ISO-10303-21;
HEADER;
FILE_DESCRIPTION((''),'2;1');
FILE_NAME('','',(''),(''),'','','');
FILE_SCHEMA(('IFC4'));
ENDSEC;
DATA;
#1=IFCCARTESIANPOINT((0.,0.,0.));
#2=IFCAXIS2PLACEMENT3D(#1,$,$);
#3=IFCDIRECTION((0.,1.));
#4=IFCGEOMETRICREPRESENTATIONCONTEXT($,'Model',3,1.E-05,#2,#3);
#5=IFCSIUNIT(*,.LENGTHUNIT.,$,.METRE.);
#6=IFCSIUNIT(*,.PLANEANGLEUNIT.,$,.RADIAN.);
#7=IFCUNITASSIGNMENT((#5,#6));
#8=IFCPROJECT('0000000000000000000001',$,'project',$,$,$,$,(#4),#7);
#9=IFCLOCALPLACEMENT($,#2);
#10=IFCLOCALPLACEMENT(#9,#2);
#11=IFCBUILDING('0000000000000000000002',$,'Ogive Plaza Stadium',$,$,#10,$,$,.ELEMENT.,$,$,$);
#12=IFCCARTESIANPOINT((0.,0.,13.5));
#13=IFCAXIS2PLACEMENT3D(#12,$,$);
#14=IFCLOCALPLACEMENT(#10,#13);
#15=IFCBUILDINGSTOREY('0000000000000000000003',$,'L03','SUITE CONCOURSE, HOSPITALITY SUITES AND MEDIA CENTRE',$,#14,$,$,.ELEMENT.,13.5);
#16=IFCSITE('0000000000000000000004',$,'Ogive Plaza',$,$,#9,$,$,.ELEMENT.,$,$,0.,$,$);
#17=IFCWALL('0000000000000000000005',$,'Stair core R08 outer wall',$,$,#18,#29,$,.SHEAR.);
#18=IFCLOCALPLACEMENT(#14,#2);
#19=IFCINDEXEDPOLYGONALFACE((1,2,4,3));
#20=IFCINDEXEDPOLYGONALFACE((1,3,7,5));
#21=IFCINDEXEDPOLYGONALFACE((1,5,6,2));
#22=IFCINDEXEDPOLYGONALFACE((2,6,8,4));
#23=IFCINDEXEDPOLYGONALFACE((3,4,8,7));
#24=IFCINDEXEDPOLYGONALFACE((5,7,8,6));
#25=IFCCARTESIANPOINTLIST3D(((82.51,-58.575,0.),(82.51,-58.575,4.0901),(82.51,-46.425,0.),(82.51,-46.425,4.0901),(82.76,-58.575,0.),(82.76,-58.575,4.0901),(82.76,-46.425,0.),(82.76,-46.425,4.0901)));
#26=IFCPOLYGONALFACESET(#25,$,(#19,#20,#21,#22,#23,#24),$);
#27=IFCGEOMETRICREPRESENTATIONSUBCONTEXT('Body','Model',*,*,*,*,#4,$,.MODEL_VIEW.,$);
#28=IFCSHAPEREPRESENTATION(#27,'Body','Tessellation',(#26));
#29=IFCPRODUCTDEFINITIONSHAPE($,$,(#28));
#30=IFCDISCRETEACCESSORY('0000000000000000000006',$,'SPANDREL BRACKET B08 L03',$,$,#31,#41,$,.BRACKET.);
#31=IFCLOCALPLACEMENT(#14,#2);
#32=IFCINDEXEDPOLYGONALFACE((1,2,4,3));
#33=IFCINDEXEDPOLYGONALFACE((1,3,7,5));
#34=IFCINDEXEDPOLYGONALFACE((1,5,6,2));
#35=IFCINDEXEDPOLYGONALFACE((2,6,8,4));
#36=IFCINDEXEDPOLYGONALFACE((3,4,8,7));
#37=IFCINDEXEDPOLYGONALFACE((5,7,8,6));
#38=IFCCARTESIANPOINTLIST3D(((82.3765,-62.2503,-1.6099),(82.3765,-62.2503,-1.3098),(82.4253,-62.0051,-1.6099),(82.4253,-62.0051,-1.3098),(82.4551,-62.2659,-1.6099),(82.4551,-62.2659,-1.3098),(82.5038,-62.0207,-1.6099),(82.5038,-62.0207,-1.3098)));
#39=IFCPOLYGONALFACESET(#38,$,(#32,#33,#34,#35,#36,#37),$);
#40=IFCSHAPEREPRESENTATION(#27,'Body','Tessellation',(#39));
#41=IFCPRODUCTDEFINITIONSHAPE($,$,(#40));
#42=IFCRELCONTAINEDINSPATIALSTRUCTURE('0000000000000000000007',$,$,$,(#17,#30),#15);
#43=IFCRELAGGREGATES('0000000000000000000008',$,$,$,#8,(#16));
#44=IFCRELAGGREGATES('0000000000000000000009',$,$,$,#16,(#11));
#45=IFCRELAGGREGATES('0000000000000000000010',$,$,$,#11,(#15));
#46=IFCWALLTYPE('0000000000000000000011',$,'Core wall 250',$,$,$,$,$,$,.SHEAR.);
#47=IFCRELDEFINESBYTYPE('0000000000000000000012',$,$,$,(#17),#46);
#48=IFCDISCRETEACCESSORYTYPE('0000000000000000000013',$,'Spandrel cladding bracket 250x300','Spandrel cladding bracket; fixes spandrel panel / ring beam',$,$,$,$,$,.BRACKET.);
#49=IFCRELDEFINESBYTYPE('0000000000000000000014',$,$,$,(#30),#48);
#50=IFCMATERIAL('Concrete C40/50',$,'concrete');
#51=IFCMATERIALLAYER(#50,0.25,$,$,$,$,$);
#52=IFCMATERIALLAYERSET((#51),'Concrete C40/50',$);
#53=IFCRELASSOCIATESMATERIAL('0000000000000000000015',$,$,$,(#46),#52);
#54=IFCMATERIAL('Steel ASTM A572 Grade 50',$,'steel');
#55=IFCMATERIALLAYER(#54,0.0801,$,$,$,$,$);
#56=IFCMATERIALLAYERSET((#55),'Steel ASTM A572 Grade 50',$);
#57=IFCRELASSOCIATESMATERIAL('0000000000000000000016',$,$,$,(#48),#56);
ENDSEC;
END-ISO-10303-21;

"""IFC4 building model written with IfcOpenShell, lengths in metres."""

from ifc_helpers import new_model, si_unit, direction, frame, frame_2d, origin, origin_2d, place, context, subcontext, project, spatial, rectangle, extrude, material, layer, layer_set, type_object, element, save


model = new_model("IFC4")

# Units and contexts
model_context = context("Model", 3, precision=1e-05, world=origin(), true_north=direction((0.0, 1.0)))
body_context = subcontext(model_context, "Body", "Model", "MODEL_VIEW")
ifc_project = project(units=[si_unit("LENGTHUNIT", "METRE"), si_unit("PLANEANGLEUNIT", "RADIAN")], contexts=[model_context])

# Site, building, storey
site_placement = place(None, origin())
site = spatial("IfcSite", under=ifc_project, at=site_placement, Name="Ogive Plaza", CompositionType="ELEMENT", RefElevation=0.0)
building_placement = place(site_placement, origin())
building = spatial("IfcBuilding", under=site, at=building_placement, Name="Ogive Plaza Stadium", CompositionType="ELEMENT")
storey_placement = place(building_placement, frame((0.0, 0.0, 13.5)))
storey = spatial("IfcBuildingStorey", under=building, at=storey_placement, Name="L03", Description="SUITE CONCOURSE, HOSPITALITY SUITES AND MEDIA CENTRE", CompositionType="ELEMENT", Elevation=13.5)

# Wall
ifc_material_1 = material(Name="Concrete C40/50", Category="concrete")
ifc_layer_1 = layer(ifc_material_1, 0.25)
ifc_layer_set_1 = layer_set([ifc_layer_1], Name="Concrete C40/50")
wall_type = type_object("IfcWallType", Name="Core wall 250", PredefinedType="SHEAR", material=ifc_layer_set_1)
wall_placement = place(storey_placement, frame((82.635, -58.575, 0.0), z_axis=(0.0, 0.0, 1.0), x_axis=(0.0, 1.0, 0.0)))
element("IfcWall", 1, at=wall_placement, inside=storey, type_object=wall_type, Name="Stair core R08 outer wall", PredefinedType="SHEAR", context=body_context, shape_type="SweptSolid", body=[
    extrude(rectangle(XDim=12.1499, YDim=0.25, at=frame_2d((6.075, 0.0))), origin(), (0.0, 0.0, 1.0), 4.0901),
])

# Discrete accessory
ifc_material_2 = material(Name="Steel ASTM A572 Grade 50", Category="steel")
ifc_layer_2 = layer(ifc_material_2, 0.0801)
ifc_layer_set_2 = layer_set([ifc_layer_2], Name="Steel ASTM A572 Grade 50")
discrete_accessory_type = type_object("IfcDiscreteAccessoryType", Name="Spandrel cladding bracket 250x300", Description="Spandrel cladding bracket; fixes spandrel panel / ring beam", PredefinedType="BRACKET", material=ifc_layer_set_2)
discrete_accessory_placement = place(storey_placement, frame((82.4402, -62.1355, -1.6099), z_axis=(0.0, 0.0, 1.0), x_axis=(-0.19509, -0.980785, 0.0)))
element("IfcDiscreteAccessory", 2, at=discrete_accessory_placement, inside=storey, type_object=discrete_accessory_type, Name="SPANDREL BRACKET B08 L03", PredefinedType="BRACKET", context=body_context, shape_type="SweptSolid", body=[
    extrude(rectangle(XDim=0.25, YDim=0.0801, at=origin_2d()), origin(), (0.0, 0.0, 1.0), 0.3),
])

save(model, "model.ifc")
